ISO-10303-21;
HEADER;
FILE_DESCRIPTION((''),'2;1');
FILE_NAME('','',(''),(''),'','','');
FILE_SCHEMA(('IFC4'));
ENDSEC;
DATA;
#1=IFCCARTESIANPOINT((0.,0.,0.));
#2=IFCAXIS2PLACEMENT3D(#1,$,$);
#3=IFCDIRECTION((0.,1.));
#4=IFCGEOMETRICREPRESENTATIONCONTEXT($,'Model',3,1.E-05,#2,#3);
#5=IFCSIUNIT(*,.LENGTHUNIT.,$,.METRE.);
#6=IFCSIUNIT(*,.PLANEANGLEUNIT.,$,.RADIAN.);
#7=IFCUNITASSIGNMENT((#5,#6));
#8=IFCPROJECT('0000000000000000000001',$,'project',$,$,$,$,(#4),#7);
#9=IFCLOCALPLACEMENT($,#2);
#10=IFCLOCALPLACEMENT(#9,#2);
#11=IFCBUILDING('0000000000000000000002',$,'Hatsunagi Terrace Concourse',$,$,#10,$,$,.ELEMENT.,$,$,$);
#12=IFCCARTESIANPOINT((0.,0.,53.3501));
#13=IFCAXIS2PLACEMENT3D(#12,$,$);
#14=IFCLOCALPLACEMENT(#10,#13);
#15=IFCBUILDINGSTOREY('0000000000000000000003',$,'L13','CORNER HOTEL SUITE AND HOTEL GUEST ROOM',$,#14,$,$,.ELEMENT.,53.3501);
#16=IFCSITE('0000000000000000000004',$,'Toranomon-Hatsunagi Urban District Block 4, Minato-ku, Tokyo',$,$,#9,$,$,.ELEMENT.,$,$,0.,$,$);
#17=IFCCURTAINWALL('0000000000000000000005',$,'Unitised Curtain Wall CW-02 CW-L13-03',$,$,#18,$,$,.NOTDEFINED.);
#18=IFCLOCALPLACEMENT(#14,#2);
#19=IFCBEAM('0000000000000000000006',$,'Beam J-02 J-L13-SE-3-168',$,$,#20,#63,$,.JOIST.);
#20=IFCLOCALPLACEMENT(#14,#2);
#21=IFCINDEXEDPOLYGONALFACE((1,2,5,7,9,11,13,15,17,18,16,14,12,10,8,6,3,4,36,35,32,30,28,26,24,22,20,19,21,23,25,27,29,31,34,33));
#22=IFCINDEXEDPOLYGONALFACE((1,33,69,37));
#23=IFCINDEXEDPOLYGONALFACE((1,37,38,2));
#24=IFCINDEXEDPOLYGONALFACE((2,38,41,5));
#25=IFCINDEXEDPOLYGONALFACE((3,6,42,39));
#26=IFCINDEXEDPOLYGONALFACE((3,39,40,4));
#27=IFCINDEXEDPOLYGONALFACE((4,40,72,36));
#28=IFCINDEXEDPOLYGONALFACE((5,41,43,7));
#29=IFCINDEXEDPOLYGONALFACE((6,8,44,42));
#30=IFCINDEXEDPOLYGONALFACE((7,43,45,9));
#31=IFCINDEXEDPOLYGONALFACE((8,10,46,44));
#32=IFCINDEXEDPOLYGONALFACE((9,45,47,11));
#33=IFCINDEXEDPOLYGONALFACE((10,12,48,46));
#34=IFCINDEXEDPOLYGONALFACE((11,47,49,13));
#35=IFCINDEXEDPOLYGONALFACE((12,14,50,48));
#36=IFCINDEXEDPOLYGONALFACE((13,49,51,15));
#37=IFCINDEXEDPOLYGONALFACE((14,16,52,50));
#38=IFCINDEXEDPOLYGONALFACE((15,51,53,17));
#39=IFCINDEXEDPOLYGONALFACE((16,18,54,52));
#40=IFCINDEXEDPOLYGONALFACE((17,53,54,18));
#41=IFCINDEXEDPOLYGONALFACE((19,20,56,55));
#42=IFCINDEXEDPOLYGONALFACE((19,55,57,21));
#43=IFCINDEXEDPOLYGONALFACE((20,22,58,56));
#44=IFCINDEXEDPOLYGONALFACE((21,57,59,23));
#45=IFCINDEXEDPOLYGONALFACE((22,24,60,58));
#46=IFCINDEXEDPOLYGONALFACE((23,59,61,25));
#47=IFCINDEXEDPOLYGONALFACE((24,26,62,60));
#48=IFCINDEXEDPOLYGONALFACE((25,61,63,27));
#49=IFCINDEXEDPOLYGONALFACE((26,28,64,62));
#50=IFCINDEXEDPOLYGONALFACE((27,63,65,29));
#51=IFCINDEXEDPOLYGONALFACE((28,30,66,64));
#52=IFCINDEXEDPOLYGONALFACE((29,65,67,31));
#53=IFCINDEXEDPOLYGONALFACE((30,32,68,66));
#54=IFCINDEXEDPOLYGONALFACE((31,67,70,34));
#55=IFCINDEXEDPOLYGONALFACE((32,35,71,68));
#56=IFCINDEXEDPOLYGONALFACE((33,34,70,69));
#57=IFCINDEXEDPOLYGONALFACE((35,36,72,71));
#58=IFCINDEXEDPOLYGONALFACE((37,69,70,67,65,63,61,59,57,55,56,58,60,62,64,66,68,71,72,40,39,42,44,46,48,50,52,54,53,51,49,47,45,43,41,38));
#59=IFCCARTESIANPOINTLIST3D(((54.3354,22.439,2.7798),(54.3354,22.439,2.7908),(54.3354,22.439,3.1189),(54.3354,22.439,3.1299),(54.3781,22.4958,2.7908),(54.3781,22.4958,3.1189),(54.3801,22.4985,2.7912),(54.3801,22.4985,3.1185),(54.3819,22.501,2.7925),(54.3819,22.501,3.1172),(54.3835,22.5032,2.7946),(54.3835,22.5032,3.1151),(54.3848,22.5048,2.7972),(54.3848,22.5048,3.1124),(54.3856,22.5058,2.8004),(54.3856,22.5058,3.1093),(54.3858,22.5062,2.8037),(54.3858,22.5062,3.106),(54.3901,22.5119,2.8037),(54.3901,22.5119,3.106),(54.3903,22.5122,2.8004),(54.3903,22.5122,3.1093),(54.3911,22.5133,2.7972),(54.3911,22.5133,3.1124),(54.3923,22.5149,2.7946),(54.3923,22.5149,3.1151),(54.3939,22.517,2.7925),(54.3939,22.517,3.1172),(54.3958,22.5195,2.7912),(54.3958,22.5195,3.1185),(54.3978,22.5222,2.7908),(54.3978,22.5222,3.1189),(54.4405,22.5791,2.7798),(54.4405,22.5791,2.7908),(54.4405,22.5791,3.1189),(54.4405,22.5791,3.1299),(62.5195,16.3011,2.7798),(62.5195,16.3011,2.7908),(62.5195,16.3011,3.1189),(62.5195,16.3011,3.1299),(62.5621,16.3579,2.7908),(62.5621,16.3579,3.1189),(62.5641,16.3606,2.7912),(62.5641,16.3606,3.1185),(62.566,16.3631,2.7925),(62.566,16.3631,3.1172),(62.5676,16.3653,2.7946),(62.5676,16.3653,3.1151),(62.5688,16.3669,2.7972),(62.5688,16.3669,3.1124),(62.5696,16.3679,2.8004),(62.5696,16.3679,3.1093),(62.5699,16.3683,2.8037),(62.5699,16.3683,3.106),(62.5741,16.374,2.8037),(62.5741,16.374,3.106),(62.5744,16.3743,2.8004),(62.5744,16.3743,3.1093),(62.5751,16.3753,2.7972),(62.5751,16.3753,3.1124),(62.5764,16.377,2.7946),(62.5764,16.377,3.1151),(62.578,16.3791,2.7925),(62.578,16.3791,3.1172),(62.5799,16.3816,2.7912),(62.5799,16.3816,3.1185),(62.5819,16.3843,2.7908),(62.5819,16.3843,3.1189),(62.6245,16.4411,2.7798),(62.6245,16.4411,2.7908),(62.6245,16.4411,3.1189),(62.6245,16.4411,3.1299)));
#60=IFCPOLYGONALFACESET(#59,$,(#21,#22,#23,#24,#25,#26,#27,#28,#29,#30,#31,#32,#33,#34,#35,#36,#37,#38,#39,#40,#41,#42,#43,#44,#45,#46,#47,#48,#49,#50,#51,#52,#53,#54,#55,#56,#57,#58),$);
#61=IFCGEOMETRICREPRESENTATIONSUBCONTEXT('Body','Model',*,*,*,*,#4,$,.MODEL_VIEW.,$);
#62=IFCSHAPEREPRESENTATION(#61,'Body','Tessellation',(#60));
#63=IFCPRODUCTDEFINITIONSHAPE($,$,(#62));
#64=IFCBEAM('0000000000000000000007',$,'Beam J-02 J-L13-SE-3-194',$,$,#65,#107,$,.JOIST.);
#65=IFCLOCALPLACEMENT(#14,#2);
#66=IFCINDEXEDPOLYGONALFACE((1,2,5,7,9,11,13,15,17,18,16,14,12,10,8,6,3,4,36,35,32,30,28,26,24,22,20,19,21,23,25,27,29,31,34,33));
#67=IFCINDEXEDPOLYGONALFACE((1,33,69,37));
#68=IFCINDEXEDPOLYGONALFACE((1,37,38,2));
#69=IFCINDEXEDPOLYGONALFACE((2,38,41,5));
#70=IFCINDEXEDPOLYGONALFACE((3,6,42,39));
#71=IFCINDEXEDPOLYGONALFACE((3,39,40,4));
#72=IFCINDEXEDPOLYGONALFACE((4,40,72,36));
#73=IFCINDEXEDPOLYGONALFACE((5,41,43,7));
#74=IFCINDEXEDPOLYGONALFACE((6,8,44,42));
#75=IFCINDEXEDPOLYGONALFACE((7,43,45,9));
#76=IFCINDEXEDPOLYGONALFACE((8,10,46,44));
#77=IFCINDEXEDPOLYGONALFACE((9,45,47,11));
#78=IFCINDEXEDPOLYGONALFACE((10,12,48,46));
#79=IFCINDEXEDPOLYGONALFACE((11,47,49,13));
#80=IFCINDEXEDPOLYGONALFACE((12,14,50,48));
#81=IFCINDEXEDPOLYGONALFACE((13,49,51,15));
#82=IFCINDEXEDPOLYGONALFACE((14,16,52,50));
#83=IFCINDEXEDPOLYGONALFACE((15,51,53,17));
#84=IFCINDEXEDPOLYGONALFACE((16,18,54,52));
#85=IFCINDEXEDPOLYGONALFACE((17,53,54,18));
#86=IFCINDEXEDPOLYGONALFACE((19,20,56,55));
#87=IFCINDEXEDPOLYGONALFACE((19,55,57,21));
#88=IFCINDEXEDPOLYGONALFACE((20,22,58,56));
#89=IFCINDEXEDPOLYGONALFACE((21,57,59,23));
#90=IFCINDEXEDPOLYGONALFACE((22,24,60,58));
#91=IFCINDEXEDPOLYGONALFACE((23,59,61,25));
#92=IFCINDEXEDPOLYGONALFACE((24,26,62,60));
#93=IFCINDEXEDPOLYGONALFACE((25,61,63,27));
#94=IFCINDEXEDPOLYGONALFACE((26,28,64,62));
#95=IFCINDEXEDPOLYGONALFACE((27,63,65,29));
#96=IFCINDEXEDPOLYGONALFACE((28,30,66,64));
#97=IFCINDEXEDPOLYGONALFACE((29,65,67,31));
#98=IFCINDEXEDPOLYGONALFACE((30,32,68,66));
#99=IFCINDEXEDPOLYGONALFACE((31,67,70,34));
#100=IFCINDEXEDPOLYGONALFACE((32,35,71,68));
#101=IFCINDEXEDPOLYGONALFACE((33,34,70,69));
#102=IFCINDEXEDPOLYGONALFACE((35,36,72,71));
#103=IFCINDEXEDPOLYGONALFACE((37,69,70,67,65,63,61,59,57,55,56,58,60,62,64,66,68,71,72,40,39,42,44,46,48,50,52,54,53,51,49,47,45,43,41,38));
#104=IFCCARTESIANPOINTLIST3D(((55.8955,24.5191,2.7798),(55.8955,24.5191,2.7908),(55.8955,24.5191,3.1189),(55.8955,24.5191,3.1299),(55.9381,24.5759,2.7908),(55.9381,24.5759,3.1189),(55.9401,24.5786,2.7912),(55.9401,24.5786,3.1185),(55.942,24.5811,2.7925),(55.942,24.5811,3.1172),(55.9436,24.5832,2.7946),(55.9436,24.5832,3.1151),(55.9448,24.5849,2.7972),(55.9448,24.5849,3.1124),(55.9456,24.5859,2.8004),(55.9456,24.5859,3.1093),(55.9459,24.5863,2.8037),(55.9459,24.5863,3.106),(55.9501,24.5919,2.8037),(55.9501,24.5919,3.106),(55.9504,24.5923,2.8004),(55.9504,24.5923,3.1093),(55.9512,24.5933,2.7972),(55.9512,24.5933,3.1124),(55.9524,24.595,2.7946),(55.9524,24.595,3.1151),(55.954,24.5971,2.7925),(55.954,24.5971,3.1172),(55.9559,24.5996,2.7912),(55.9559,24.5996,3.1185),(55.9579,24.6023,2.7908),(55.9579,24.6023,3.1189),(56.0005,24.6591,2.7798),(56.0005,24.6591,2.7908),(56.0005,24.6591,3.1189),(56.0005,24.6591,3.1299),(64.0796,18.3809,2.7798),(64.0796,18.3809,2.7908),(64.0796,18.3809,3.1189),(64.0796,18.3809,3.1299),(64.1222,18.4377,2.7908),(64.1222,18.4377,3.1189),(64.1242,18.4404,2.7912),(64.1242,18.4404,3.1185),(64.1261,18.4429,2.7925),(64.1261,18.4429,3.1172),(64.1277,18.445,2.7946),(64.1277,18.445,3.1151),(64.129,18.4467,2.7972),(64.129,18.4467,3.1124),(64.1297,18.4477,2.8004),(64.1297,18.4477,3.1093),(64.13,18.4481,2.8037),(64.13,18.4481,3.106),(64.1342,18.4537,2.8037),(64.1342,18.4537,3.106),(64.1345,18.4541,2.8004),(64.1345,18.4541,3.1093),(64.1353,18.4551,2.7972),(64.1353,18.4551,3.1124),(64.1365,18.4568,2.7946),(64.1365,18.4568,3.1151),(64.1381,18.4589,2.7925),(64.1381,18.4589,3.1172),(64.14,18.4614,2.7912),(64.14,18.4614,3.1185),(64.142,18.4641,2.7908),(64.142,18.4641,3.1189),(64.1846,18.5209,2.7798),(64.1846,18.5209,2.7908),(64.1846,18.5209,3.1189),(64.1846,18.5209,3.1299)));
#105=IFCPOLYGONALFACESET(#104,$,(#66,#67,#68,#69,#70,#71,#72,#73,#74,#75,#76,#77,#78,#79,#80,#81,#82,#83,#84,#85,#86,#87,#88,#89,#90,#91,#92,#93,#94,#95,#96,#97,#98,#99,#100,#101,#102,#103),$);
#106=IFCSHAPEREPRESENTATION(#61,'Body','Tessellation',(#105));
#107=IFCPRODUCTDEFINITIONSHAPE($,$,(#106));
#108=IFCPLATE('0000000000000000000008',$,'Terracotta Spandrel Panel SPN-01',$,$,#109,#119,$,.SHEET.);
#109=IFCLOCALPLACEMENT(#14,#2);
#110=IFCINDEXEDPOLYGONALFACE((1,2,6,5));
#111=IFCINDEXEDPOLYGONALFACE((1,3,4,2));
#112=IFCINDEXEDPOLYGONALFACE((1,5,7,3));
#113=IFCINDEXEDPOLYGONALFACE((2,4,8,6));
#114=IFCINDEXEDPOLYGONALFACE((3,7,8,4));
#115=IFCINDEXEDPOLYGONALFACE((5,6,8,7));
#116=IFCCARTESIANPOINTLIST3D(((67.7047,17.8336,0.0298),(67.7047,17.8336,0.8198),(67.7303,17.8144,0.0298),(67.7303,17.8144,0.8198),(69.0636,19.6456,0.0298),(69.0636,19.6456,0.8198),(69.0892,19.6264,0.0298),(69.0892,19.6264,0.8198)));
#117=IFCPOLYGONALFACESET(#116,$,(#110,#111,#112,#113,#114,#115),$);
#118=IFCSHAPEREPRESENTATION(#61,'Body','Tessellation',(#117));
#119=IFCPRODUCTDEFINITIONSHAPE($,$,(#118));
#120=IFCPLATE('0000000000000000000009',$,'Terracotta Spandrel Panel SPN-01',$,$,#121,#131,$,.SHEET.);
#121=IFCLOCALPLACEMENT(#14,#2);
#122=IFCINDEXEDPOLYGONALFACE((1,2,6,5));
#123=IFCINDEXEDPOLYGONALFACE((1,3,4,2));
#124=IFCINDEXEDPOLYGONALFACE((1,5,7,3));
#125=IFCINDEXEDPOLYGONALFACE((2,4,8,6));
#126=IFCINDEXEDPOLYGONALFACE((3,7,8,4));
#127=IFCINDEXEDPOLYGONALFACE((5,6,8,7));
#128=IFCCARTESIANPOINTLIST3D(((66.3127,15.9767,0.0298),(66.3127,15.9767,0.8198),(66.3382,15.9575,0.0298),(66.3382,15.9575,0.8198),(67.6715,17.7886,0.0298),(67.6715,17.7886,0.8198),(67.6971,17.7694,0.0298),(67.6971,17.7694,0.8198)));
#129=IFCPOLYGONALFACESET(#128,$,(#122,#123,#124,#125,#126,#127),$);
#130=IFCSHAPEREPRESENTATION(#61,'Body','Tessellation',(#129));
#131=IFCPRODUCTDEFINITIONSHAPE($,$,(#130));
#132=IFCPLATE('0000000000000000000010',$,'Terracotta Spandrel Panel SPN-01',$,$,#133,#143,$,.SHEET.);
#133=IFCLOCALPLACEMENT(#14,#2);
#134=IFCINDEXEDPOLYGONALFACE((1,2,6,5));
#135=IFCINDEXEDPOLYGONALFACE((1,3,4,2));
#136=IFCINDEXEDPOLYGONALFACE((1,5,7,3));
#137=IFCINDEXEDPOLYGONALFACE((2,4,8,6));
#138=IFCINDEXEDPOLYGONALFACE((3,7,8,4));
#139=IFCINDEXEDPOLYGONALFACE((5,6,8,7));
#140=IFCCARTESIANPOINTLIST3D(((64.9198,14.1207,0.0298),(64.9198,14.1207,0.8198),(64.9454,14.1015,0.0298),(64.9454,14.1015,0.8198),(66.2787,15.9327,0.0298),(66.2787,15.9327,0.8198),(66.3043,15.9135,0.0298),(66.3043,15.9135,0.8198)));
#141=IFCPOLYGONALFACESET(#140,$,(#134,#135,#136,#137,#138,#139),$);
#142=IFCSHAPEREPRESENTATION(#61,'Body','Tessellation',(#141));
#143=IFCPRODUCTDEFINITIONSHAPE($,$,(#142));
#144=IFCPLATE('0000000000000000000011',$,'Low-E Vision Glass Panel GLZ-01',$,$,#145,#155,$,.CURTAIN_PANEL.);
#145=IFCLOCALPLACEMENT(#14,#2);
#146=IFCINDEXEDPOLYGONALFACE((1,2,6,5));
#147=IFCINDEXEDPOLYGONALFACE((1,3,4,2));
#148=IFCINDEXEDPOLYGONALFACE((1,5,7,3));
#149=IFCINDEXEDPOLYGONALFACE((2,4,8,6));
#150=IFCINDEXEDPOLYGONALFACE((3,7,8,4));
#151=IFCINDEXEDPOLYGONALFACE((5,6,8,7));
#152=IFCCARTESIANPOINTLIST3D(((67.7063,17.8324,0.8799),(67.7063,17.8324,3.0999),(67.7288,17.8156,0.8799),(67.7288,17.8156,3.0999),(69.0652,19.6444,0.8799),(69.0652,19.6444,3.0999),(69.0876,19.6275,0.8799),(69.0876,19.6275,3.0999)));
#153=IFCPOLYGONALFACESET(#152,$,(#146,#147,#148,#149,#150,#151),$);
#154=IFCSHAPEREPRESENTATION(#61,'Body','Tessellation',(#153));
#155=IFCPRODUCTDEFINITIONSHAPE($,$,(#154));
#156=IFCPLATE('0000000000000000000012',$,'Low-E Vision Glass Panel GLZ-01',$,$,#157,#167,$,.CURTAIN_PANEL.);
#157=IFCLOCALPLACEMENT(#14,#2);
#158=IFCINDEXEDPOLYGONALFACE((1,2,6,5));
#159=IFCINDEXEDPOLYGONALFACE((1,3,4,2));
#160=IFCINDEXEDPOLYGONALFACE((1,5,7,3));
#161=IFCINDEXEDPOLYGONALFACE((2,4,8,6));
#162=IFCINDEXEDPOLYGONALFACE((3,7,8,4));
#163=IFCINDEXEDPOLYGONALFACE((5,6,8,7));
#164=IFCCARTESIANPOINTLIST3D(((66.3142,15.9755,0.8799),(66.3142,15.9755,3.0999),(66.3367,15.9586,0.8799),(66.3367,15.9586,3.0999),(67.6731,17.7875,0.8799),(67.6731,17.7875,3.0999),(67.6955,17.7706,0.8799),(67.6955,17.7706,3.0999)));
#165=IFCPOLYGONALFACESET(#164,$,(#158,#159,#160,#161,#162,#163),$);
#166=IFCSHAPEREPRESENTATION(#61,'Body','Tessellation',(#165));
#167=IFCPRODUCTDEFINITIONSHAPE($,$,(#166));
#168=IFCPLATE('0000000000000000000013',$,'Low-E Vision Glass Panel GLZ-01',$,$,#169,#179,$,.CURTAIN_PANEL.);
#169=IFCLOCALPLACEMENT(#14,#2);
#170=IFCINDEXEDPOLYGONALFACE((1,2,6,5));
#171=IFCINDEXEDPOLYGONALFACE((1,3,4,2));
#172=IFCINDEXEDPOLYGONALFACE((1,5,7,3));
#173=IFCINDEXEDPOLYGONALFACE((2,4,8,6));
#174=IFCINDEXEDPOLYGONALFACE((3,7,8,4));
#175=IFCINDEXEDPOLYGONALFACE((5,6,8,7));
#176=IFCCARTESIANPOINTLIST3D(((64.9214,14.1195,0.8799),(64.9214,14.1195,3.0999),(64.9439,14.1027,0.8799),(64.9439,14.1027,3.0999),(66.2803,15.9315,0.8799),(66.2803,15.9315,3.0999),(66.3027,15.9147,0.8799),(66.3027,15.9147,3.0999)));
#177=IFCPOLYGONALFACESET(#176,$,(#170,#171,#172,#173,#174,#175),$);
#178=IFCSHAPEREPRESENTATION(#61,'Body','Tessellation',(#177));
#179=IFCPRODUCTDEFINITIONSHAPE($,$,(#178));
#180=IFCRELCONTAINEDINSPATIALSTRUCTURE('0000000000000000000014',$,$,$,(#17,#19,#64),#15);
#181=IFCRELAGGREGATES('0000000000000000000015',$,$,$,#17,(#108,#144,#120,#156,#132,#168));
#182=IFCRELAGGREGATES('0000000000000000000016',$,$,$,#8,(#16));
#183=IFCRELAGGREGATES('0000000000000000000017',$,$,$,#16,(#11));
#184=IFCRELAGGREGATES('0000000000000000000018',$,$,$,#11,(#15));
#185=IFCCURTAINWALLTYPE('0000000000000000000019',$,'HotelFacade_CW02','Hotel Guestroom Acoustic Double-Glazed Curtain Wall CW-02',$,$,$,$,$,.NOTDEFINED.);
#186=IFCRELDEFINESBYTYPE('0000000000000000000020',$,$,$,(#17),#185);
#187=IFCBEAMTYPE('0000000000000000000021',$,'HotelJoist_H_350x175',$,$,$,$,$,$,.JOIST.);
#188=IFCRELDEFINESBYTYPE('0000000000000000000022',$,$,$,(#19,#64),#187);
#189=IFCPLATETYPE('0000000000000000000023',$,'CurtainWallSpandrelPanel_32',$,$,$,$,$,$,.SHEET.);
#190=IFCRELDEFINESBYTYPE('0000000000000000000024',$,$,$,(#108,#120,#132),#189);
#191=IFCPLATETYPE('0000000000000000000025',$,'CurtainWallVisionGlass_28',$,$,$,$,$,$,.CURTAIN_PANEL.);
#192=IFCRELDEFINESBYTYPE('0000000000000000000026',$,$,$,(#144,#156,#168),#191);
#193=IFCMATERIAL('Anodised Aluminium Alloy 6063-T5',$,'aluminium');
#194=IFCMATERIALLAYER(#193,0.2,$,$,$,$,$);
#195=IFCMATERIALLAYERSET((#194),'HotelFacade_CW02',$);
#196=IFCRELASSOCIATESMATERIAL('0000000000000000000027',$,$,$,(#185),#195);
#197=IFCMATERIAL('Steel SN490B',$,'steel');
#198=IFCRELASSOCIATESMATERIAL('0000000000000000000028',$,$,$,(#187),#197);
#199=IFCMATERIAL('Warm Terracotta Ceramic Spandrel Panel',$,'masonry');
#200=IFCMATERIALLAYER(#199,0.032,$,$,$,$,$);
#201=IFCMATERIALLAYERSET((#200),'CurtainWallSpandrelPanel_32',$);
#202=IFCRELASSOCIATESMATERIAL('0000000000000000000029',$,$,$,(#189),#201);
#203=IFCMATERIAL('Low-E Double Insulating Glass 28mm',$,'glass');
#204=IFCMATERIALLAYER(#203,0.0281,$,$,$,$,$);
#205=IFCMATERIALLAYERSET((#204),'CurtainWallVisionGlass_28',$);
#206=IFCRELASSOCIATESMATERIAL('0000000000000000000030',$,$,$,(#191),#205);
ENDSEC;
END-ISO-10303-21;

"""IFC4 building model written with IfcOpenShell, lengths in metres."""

from ifc_helpers import new_model, si_unit, direction, frame, origin, origin_2d, place, context, subcontext, project, spatial, rectangle, i_section, extrude, material, layer, layer_set, material_profile, profile_set, type_object, element, aggregate, save


model = new_model("IFC4")

# Units and contexts
model_context = context("Model", 3, precision=1e-05, world=origin(), true_north=direction((0.0, 1.0)))
body_context = subcontext(model_context, "Body", "Model", "MODEL_VIEW")
ifc_project = project(units=[si_unit("LENGTHUNIT", "METRE"), si_unit("PLANEANGLEUNIT", "RADIAN")], contexts=[model_context])

# Site, building, storey
site_placement = place(None, origin())
site = spatial("IfcSite", under=ifc_project, at=site_placement, Name="Toranomon-Hatsunagi Urban District Block 4, Minato-ku, Tokyo", CompositionType="ELEMENT", RefElevation=0.0)
building_placement = place(site_placement, origin())
building = spatial("IfcBuilding", under=site, at=building_placement, Name="Hatsunagi Terrace Concourse", CompositionType="ELEMENT")
storey_placement = place(building_placement, frame((0.0, 0.0, 53.3501)))
storey = spatial("IfcBuildingStorey", under=building, at=storey_placement, Name="L13", Description="CORNER HOTEL SUITE AND HOTEL GUEST ROOM", CompositionType="ELEMENT", Elevation=53.3501)

# Curtain wall
ifc_material_1 = material(Name="Anodised Aluminium Alloy 6063-T5", Category="aluminium")
ifc_layer_1 = layer(ifc_material_1, 0.2)
ifc_layer_set_1 = layer_set([ifc_layer_1], Name="HotelFacade_CW02")
curtain_wall_type = type_object("IfcCurtainWallType", Name="HotelFacade_CW02", Description="Hotel Guestroom Acoustic Double-Glazed Curtain Wall CW-02", PredefinedType="NOTDEFINED", material=ifc_layer_set_1)
curtain_wall_placement = place(storey_placement, origin())
curtain_wall = element("IfcCurtainWall", 1, at=curtain_wall_placement, inside=storey, type_object=curtain_wall_type, Name="Unitised Curtain Wall CW-02 CW-L13-03", PredefinedType="NOTDEFINED")

# Beams
ifc_material_2 = material(Name="Steel SN490B", Category="steel")
ifc_material_profile_1 = material_profile(ifc_material_2, i_section(OverallWidth=0.175, OverallDepth=0.3501, WebThickness=0.0071, FlangeThickness=0.011, FilletRadius=0.0129, at=origin_2d()), Name="H-350x175x7x11")
ifc_profile_set_1 = profile_set([ifc_material_profile_1], Name="Steel SN490B")
beam_type = type_object("IfcBeamType", Name="HotelJoist_H_350x175", PredefinedType="JOIST", material=ifc_profile_set_1)
beam_1_placement = place(storey_placement, frame((54.3879, 22.509, 2.9548), z_axis=(0.800006, -0.599992, 0.0), x_axis=(0.599992, 0.800006, 0.0)))
element("IfcBeam", 2, at=beam_1_placement, inside=storey, type_object=beam_type, Name="Beam J-02 J-L13-SE-3-168", PredefinedType="JOIST", context=body_context, shape_type="SweptSolid", body=[
    extrude(i_section(OverallWidth=0.175, OverallDepth=0.3501, WebThickness=0.0071, FlangeThickness=0.011, FilletRadius=0.0129, at=origin_2d()), origin(), (0.0, 0.0, 1.0), 10.23),
])
beam_2_placement = place(storey_placement, frame((55.948, 24.5891, 2.9548), z_axis=(0.799994, -0.600008, 0.0), x_axis=(0.600008, 0.799994, 0.0)))
element("IfcBeam", 3, at=beam_2_placement, inside=storey, type_object=beam_type, Name="Beam J-02 J-L13-SE-3-194", PredefinedType="JOIST", context=body_context, shape_type="SweptSolid", body=[
    extrude(i_section(OverallWidth=0.175, OverallDepth=0.3501, WebThickness=0.0071, FlangeThickness=0.011, FilletRadius=0.0129, at=origin_2d()), origin(), (0.0, 0.0, 1.0), 10.2302),
])

# Plates
ifc_material_3 = material(Name="Warm Terracotta Ceramic Spandrel Panel", Category="masonry")
ifc_layer_2 = layer(ifc_material_3, 0.032)
ifc_layer_set_2 = layer_set([ifc_layer_2], Name="CurtainWallSpandrelPanel_32")
plate_type_1 = type_object("IfcPlateType", Name="CurtainWallSpandrelPanel_32", PredefinedType="SHEET", material=ifc_layer_set_2)
plate_1_placement = place(storey_placement, frame((68.397, 18.73, 0.0298), z_axis=(0.0, 0.0, 1.0), x_axis=(-0.599969, -0.800023, 0.0)))
plate_1 = element("IfcPlate", 4, at=plate_1_placement, type_object=plate_type_1, Name="Terracotta Spandrel Panel SPN-01", PredefinedType="SHEET", context=body_context, shape_type="SweptSolid", body=[
    extrude(rectangle(XDim=2.2649, YDim=0.032, at=origin_2d()), origin(), (0.0, 0.0, 1.0), 0.79),
])
plate_2_placement = place(storey_placement, frame((67.0049, 16.873, 0.0298), z_axis=(0.0, 0.0, 1.0), x_axis=(-0.599969, -0.800023, 0.0)))
plate_2 = element("IfcPlate", 5, at=plate_2_placement, type_object=plate_type_1, Name="Terracotta Spandrel Panel SPN-01", PredefinedType="SHEET", context=body_context, shape_type="SweptSolid", body=[
    extrude(rectangle(XDim=2.2649, YDim=0.032, at=origin_2d()), origin(), (0.0, 0.0, 1.0), 0.79),
])
plate_3_placement = place(storey_placement, frame((65.6121, 15.0171, 0.0298), z_axis=(0.0, 0.0, 1.0), x_axis=(-0.599969, -0.800023, 0.0)))
plate_3 = element("IfcPlate", 6, at=plate_3_placement, type_object=plate_type_1, Name="Terracotta Spandrel Panel SPN-01", PredefinedType="SHEET", context=body_context, shape_type="SweptSolid", body=[
    extrude(rectangle(XDim=2.2649, YDim=0.032, at=origin_2d()), origin(), (0.0, 0.0, 1.0), 0.79),
])
ifc_material_4 = material(Name="Low-E Double Insulating Glass 28mm", Category="glass")
ifc_layer_3 = layer(ifc_material_4, 0.0281)
ifc_layer_set_3 = layer_set([ifc_layer_3], Name="CurtainWallVisionGlass_28")
plate_type_2 = type_object("IfcPlateType", Name="CurtainWallVisionGlass_28", PredefinedType="CURTAIN_PANEL", material=ifc_layer_set_3)
plate_4_placement = place(storey_placement, frame((68.397, 18.73, 0.8799), z_axis=(0.0, 0.0, 1.0), x_axis=(-0.599969, -0.800023, 0.0)))
plate_4 = element("IfcPlate", 7, at=plate_4_placement, type_object=plate_type_2, Name="Low-E Vision Glass Panel GLZ-01", PredefinedType="CURTAIN_PANEL", context=body_context, shape_type="SweptSolid", body=[
    extrude(rectangle(XDim=2.2649, YDim=0.0281, at=origin_2d()), origin(), (0.0, 0.0, 1.0), 2.22),
])
plate_5_placement = place(storey_placement, frame((67.0049, 16.873, 0.8799), z_axis=(0.0, 0.0, 1.0), x_axis=(-0.599969, -0.800023, 0.0)))
plate_5 = element("IfcPlate", 8, at=plate_5_placement, type_object=plate_type_2, Name="Low-E Vision Glass Panel GLZ-01", PredefinedType="CURTAIN_PANEL", context=body_context, shape_type="SweptSolid", body=[
    extrude(rectangle(XDim=2.2649, YDim=0.0281, at=origin_2d()), origin(), (0.0, 0.0, 1.0), 2.22),
])
plate_6_placement = place(storey_placement, frame((65.6121, 15.0171, 0.8799), z_axis=(0.0, 0.0, 1.0), x_axis=(-0.599969, -0.800023, 0.0)))
plate_6 = element("IfcPlate", 9, at=plate_6_placement, type_object=plate_type_2, Name="Low-E Vision Glass Panel GLZ-01", PredefinedType="CURTAIN_PANEL", context=body_context, shape_type="SweptSolid", body=[
    extrude(rectangle(XDim=2.2649, YDim=0.0281, at=origin_2d()), origin(), (0.0, 0.0, 1.0), 2.22),
])
aggregate(curtain_wall, [plate_1, plate_4, plate_2, plate_5, plate_3, plate_6])

save(model, "model.ifc")
